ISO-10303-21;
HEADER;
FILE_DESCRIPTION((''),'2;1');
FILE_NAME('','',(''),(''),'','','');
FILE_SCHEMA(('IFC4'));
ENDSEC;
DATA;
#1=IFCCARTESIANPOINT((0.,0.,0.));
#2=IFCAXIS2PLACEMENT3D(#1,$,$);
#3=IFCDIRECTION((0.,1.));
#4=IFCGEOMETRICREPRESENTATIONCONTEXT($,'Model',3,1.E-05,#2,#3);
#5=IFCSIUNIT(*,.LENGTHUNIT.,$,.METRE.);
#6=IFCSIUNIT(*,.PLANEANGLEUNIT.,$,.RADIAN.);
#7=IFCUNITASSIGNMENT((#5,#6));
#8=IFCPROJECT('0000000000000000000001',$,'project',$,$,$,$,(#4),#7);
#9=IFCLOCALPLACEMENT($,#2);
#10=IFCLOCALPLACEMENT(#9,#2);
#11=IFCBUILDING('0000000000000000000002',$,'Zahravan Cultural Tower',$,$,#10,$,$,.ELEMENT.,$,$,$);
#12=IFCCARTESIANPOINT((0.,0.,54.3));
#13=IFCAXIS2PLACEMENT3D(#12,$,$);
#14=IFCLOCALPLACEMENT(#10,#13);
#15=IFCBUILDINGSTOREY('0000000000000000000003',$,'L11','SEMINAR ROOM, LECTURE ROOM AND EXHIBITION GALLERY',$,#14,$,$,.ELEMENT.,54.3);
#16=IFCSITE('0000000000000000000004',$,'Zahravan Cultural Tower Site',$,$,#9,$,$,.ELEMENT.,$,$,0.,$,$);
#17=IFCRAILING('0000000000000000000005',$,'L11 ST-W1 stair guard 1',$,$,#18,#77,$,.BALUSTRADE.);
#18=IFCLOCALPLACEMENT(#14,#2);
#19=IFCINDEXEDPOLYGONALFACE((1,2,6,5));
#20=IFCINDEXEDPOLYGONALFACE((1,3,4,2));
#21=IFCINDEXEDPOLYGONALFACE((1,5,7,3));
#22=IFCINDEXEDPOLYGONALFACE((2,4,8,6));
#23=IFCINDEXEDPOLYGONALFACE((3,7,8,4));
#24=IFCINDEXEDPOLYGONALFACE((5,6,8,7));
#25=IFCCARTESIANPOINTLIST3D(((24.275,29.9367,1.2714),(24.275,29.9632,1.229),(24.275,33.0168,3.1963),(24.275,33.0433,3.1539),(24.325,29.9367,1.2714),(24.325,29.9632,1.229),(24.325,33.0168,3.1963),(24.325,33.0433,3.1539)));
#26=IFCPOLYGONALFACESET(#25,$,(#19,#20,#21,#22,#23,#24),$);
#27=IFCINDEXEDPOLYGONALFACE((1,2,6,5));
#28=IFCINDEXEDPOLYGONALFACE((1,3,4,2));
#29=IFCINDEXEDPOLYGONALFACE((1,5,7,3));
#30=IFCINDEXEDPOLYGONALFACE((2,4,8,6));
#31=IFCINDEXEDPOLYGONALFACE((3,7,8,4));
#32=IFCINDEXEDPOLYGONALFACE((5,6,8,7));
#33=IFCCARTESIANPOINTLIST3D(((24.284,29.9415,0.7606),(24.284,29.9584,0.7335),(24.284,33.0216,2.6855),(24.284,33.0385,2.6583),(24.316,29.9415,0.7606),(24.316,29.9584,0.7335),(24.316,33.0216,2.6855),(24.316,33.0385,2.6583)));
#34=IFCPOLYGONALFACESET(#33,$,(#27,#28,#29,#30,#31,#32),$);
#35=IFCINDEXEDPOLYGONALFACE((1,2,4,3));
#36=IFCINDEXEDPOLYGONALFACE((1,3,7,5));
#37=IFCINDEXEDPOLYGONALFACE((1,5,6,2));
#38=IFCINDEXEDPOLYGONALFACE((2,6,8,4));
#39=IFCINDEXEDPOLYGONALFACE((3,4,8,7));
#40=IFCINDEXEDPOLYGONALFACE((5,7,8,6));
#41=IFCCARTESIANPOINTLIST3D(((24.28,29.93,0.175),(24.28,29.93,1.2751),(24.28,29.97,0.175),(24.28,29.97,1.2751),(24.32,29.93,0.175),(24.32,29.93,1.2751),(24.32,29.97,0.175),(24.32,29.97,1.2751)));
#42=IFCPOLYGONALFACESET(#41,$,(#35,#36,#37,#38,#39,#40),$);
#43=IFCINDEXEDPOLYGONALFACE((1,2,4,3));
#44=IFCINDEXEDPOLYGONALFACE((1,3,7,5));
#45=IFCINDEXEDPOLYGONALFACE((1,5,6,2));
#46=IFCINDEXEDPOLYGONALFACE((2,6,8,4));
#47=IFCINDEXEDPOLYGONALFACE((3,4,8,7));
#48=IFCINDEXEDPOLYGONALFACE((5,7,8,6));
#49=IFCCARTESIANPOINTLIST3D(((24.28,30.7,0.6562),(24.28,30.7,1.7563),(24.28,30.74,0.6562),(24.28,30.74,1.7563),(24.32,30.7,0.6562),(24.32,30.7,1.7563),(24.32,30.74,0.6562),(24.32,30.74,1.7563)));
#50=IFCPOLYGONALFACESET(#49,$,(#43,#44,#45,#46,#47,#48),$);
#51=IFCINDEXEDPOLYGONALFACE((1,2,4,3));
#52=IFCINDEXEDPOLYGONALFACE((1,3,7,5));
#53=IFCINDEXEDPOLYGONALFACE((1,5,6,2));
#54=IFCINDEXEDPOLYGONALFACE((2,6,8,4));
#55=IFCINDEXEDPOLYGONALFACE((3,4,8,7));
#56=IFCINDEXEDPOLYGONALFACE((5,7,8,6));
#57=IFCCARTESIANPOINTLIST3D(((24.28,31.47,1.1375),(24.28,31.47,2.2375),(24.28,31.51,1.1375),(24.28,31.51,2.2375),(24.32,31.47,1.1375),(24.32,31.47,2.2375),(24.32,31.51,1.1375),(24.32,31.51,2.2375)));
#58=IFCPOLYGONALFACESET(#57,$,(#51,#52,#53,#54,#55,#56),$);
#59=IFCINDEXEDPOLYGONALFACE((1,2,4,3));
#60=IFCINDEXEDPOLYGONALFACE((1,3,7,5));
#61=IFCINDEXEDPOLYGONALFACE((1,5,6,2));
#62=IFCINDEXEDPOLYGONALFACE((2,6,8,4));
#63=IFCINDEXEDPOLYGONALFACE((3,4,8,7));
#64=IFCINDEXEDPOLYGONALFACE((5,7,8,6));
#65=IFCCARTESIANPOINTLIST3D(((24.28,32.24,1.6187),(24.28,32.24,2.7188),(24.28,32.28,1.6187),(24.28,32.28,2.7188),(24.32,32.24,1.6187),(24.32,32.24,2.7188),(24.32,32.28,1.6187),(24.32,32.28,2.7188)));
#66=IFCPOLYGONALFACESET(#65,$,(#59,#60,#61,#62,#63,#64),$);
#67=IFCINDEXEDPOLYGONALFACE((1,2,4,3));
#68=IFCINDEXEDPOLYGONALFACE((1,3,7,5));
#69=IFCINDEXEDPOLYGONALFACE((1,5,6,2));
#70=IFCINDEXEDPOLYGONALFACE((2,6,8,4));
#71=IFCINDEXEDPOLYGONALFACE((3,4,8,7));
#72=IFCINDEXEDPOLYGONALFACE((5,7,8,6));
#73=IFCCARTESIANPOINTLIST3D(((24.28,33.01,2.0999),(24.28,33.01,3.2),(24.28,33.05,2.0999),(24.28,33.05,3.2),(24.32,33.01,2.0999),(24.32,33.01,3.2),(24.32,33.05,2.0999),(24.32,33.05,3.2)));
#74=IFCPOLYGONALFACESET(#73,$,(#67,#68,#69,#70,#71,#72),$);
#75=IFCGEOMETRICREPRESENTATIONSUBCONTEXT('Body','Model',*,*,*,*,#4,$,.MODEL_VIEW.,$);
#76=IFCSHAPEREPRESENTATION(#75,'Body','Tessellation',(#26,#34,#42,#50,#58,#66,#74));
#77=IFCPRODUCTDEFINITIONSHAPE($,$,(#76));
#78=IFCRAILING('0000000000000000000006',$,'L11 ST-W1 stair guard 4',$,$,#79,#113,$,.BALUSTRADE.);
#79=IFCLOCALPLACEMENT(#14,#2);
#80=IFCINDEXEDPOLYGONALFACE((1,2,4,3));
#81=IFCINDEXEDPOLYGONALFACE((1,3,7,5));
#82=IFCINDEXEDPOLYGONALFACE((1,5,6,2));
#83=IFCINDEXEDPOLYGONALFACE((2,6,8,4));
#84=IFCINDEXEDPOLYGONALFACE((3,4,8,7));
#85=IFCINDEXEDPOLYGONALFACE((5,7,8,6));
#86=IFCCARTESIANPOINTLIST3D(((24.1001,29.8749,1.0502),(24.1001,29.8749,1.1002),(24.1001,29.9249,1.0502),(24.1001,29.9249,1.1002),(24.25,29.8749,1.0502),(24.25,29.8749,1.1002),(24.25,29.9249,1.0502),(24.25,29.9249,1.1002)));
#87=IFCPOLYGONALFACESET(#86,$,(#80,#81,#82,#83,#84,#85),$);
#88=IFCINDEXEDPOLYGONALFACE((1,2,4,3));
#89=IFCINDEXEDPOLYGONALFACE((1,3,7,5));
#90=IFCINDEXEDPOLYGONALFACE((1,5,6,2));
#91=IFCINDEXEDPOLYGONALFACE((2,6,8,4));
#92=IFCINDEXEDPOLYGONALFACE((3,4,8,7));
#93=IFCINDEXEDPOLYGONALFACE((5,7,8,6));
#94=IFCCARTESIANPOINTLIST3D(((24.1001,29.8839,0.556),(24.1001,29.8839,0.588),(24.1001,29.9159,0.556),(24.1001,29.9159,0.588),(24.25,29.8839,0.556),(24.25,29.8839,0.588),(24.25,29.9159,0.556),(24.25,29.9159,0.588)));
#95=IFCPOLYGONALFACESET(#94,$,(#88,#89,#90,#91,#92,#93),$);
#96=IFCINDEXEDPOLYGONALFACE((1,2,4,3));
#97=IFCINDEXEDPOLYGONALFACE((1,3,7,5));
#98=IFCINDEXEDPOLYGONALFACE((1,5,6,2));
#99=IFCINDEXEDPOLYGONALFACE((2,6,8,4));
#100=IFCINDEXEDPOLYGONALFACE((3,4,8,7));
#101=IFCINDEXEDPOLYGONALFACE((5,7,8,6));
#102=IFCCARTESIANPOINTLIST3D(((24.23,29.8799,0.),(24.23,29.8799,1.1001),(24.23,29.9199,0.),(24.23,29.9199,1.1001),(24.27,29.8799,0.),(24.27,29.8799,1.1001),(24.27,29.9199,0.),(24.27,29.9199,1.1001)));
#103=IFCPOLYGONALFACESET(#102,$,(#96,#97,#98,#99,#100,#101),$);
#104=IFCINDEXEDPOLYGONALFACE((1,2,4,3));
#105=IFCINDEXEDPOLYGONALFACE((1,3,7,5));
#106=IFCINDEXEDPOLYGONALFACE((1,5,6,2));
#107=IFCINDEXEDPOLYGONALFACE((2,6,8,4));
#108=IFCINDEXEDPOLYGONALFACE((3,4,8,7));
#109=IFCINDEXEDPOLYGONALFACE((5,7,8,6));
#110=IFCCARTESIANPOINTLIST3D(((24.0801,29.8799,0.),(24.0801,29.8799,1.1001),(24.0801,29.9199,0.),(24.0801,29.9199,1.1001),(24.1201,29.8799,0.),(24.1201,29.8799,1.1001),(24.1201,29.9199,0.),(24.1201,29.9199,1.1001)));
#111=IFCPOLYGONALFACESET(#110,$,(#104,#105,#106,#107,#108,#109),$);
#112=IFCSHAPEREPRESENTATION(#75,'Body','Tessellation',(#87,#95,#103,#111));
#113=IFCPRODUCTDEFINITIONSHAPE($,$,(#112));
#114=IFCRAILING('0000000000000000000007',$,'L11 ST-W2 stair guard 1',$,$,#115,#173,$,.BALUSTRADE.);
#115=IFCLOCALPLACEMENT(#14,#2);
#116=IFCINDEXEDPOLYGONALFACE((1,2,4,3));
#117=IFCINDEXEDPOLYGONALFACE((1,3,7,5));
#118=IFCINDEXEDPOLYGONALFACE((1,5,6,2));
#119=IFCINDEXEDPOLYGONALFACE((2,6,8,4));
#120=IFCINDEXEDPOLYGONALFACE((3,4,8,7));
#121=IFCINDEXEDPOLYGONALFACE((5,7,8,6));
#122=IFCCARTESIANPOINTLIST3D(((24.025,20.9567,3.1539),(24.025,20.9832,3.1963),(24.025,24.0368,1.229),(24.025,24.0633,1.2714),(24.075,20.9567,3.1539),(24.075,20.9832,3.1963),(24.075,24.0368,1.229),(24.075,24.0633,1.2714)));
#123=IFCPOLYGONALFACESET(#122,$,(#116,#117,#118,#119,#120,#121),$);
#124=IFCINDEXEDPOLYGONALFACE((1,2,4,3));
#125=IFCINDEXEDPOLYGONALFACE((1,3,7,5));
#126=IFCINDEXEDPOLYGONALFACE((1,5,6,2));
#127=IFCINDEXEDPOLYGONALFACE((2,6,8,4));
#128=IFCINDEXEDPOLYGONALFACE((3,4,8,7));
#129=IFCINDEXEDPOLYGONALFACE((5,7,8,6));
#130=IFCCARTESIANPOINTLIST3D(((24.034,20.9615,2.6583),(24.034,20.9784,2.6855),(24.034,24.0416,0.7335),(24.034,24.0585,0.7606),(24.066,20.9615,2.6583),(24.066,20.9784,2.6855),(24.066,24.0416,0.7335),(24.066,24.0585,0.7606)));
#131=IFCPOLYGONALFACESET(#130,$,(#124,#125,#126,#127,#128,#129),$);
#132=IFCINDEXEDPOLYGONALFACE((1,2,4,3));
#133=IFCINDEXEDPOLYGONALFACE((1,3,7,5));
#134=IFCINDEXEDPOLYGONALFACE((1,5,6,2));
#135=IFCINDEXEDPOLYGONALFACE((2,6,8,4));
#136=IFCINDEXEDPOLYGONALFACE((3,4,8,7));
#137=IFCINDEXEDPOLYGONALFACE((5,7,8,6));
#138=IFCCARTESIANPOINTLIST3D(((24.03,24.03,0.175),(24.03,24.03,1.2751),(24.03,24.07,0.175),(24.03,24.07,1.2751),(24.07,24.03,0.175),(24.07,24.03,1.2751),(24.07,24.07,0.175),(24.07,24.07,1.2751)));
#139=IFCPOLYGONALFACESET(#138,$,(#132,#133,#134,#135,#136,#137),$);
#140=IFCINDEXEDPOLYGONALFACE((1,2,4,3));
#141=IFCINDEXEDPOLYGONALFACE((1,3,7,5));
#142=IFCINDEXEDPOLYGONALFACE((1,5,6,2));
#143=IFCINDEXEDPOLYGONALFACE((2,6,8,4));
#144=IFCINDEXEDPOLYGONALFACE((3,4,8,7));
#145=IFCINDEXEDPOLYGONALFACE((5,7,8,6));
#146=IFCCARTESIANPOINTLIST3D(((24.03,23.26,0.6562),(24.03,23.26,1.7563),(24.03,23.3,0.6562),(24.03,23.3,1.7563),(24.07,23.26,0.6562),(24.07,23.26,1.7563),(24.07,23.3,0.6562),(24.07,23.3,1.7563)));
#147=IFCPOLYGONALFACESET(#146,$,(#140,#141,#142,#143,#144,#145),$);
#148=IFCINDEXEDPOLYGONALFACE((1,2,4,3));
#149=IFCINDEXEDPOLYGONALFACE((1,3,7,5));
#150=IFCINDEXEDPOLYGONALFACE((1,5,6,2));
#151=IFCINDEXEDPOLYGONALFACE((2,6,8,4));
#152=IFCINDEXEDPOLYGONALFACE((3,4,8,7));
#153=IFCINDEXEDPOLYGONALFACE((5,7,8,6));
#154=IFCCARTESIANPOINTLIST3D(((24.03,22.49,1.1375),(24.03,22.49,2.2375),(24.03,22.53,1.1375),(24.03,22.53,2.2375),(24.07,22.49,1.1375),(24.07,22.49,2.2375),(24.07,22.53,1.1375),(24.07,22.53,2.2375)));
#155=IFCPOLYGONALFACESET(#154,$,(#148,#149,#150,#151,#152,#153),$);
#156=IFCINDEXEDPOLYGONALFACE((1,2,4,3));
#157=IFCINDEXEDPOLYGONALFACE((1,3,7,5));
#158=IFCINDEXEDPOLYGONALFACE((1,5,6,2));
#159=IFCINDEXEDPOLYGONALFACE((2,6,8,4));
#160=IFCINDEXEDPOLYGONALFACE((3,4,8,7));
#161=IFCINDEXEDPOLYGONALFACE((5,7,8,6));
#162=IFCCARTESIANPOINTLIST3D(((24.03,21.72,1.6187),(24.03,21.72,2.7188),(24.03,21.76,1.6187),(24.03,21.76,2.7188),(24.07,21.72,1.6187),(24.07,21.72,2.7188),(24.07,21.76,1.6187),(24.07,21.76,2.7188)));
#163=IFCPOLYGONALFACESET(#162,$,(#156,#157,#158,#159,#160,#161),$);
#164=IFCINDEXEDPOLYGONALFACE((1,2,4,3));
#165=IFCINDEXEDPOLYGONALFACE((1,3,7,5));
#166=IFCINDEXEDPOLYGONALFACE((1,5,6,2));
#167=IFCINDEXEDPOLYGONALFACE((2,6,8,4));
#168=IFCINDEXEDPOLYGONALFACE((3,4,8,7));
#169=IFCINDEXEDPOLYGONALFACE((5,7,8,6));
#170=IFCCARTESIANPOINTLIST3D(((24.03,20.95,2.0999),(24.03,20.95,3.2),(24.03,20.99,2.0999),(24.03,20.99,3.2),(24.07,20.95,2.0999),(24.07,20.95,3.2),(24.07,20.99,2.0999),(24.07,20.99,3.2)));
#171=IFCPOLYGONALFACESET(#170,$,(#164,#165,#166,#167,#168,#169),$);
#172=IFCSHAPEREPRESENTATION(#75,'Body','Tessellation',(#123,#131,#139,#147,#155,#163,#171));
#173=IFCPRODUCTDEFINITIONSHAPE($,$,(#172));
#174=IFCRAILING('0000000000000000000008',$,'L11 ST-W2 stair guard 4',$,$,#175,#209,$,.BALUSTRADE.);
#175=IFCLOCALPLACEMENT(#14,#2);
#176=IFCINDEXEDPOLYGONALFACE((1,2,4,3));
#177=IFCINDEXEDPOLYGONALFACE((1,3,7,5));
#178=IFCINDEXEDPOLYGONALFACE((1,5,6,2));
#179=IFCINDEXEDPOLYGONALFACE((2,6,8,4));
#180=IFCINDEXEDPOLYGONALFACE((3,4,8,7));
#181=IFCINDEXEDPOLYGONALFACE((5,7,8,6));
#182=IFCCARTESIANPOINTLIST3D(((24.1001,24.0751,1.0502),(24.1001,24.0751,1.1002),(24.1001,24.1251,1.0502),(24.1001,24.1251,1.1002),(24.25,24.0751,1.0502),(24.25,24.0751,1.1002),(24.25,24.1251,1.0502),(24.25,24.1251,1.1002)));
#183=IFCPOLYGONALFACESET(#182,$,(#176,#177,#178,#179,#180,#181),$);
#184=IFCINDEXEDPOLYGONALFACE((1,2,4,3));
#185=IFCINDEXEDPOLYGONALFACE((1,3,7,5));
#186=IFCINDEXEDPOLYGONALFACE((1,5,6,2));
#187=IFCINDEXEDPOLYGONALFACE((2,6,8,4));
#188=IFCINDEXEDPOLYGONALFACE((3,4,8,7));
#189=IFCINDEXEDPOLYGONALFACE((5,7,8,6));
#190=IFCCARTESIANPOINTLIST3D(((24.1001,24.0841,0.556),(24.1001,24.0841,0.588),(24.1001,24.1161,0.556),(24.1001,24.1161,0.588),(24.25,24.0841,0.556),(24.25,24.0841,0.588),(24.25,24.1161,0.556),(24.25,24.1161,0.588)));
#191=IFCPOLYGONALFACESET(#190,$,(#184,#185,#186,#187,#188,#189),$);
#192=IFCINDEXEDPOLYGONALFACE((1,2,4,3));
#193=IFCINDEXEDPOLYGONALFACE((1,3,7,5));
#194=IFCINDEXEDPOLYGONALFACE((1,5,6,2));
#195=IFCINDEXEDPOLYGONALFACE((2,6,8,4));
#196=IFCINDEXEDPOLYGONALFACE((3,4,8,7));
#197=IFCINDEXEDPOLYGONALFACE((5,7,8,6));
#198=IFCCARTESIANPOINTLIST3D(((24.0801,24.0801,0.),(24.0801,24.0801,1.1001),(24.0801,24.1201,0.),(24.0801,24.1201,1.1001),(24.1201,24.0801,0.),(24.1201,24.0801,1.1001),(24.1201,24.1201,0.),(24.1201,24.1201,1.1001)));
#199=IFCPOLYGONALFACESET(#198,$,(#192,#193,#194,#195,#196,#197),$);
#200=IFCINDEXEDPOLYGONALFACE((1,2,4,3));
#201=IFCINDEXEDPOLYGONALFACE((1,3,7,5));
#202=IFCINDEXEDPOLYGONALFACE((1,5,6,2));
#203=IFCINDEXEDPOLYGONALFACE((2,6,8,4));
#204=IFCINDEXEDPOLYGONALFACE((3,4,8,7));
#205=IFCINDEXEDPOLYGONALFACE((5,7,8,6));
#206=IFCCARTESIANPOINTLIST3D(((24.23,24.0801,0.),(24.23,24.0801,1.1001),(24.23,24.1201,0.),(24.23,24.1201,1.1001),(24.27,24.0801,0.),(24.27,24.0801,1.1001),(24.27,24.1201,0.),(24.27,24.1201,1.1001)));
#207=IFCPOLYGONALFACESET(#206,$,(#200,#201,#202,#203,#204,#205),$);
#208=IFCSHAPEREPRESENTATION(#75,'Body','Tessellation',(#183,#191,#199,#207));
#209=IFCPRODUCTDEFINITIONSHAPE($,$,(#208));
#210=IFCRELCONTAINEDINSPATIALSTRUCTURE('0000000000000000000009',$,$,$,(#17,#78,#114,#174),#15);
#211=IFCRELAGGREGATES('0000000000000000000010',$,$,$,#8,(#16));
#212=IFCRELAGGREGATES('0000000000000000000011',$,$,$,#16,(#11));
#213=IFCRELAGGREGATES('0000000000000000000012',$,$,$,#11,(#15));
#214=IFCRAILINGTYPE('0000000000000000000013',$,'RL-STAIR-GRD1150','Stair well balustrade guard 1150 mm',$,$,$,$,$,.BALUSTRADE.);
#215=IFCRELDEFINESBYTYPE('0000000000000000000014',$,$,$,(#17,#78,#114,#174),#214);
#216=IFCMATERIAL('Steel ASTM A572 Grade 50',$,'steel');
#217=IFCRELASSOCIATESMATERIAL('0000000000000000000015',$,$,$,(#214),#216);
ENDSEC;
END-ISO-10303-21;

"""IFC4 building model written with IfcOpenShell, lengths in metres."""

from ifc_helpers import new_model, si_unit, direction, frame, origin, origin_2d, place, context, subcontext, project, spatial, rectangle, extrude, material, type_object, element, save


model = new_model("IFC4")

# Units and contexts
model_context = context("Model", 3, precision=1e-05, world=origin(), true_north=direction((0.0, 1.0)))
body_context = subcontext(model_context, "Body", "Model", "MODEL_VIEW")
ifc_project = project(units=[si_unit("LENGTHUNIT", "METRE"), si_unit("PLANEANGLEUNIT", "RADIAN")], contexts=[model_context])

# Site, building, storey
site_placement = place(None, origin())
site = spatial("IfcSite", under=ifc_project, at=site_placement, Name="Zahravan Cultural Tower Site", CompositionType="ELEMENT", RefElevation=0.0)
building_placement = place(site_placement, origin())
building = spatial("IfcBuilding", under=site, at=building_placement, Name="Zahravan Cultural Tower", CompositionType="ELEMENT")
storey_placement = place(building_placement, frame((0.0, 0.0, 54.3)))
storey = spatial("IfcBuildingStorey", under=building, at=storey_placement, Name="L11", Description="SEMINAR ROOM, LECTURE ROOM AND EXHIBITION GALLERY", CompositionType="ELEMENT", Elevation=54.3)

# Shared definitions
ifc_material_1 = material(Name="Steel ASTM A572 Grade 50", Category="steel")

# Railings
railing_type_1 = type_object("IfcRailingType", Name="RL-STAIR-GRD1150", Description="Stair well balustrade guard 1150 mm", PredefinedType="BALUSTRADE", material=ifc_material_1)
railing_1_placement = place(storey_placement, frame((24.3, 29.95, 0.175)))
element("IfcRailing", 1, at=railing_1_placement, inside=storey, type_object=railing_type_1, Name="L11 ST-W1 stair guard 1", PredefinedType="BALUSTRADE", context=body_context, shape_type="SweptSolid", body=[
    extrude(rectangle(XDim=0.05, YDim=0.05, at=origin_2d()), frame((0.0, 0.0, 1.0752), z_axis=(0.0, 0.848029, 0.529951), x_axis=(-1.0, 0.0, 0.0)), (0.0, 0.0, 1.0), 3.6321),
    extrude(rectangle(XDim=0.032, YDim=0.032, at=origin_2d()), frame((0.0, 0.0, 0.572), z_axis=(0.0, 0.848029, 0.529951), x_axis=(-1.0, 0.0, 0.0)), (0.0, 0.0, 1.0), 3.6321),
    extrude(rectangle(XDim=0.04, YDim=0.04, at=origin_2d()), origin(), (0.0, 0.0, 1.0), 1.1001),
    extrude(rectangle(XDim=0.04, YDim=0.04, at=origin_2d()), frame((0.0, 0.77, 0.4812)), (0.0, 0.0, 1.0), 1.1001),
    extrude(rectangle(XDim=0.04, YDim=0.04, at=origin_2d()), frame((0.0, 1.54, 0.9624)), (0.0, 0.0, 1.0), 1.1001),
    extrude(rectangle(XDim=0.04, YDim=0.04, at=origin_2d()), frame((0.0, 2.3101, 1.4436)), (0.0, 0.0, 1.0), 1.1001),
    extrude(rectangle(XDim=0.04, YDim=0.04, at=origin_2d()), frame((0.0, 3.0801, 1.9248)), (0.0, 0.0, 1.0), 1.1001),
])
railing_2_placement = place(storey_placement, frame((24.25, 29.8999, 0.0)))
element("IfcRailing", 2, at=railing_2_placement, inside=storey, type_object=railing_type_1, Name="L11 ST-W1 stair guard 4", PredefinedType="BALUSTRADE", context=body_context, shape_type="SweptSolid", body=[
    extrude(rectangle(XDim=0.05, YDim=0.05, at=origin_2d()), frame((0.0, 0.0, 1.0752), z_axis=(-1.0, 0.0, 0.0), x_axis=(0.0, -1.0, 0.0)), (0.0, 0.0, 1.0), 0.1499),
    extrude(rectangle(XDim=0.032, YDim=0.032, at=origin_2d()), frame((0.0, 0.0, 0.572), z_axis=(-1.0, 0.0, 0.0), x_axis=(0.0, -1.0, 0.0)), (0.0, 0.0, 1.0), 0.1499),
    extrude(rectangle(XDim=0.04, YDim=0.04, at=origin_2d()), origin(), (0.0, 0.0, 1.0), 1.1001),
    extrude(rectangle(XDim=0.04, YDim=0.04, at=origin_2d()), frame((-0.1499, 0.0, 0.0)), (0.0, 0.0, 1.0), 1.1001),
])
railing_3_placement = place(storey_placement, frame((24.05, 24.05, 0.175)))
element("IfcRailing", 3, at=railing_3_placement, inside=storey, type_object=railing_type_1, Name="L11 ST-W2 stair guard 1", PredefinedType="BALUSTRADE", context=body_context, shape_type="SweptSolid", body=[
    extrude(rectangle(XDim=0.05, YDim=0.05, at=origin_2d()), frame((0.0, 0.0, 1.0752), z_axis=(0.0, -0.848029, 0.529951), x_axis=(1.0, 0.0, 0.0)), (0.0, 0.0, 1.0), 3.6321),
    extrude(rectangle(XDim=0.032, YDim=0.032, at=origin_2d()), frame((0.0, 0.0, 0.572), z_axis=(0.0, -0.848029, 0.529951), x_axis=(1.0, 0.0, 0.0)), (0.0, 0.0, 1.0), 3.6321),
    extrude(rectangle(XDim=0.04, YDim=0.04, at=origin_2d()), origin(), (0.0, 0.0, 1.0), 1.1001),
    extrude(rectangle(XDim=0.04, YDim=0.04, at=origin_2d()), frame((0.0, -0.77, 0.4812)), (0.0, 0.0, 1.0), 1.1001),
    extrude(rectangle(XDim=0.04, YDim=0.04, at=origin_2d()), frame((0.0, -1.54, 0.9624)), (0.0, 0.0, 1.0), 1.1001),
    extrude(rectangle(XDim=0.04, YDim=0.04, at=origin_2d()), frame((0.0, -2.3101, 1.4436)), (0.0, 0.0, 1.0), 1.1001),
    extrude(rectangle(XDim=0.04, YDim=0.04, at=origin_2d()), frame((0.0, -3.0801, 1.9248)), (0.0, 0.0, 1.0), 1.1001),
])
railing_4_placement = place(storey_placement, frame((24.1001, 24.1001, 0.0)))
element("IfcRailing", 4, at=railing_4_placement, inside=storey, type_object=railing_type_1, Name="L11 ST-W2 stair guard 4", PredefinedType="BALUSTRADE", context=body_context, shape_type="SweptSolid", body=[
    extrude(rectangle(XDim=0.05, YDim=0.05, at=origin_2d()), frame((0.0, 0.0, 1.0752), z_axis=(1.0, 0.0, 0.0), x_axis=(0.0, 1.0, 0.0)), (0.0, 0.0, 1.0), 0.1499),
    extrude(rectangle(XDim=0.032, YDim=0.032, at=origin_2d()), frame((0.0, 0.0, 0.572), z_axis=(1.0, 0.0, 0.0), x_axis=(0.0, 1.0, 0.0)), (0.0, 0.0, 1.0), 0.1499),
    extrude(rectangle(XDim=0.04, YDim=0.04, at=origin_2d()), origin(), (0.0, 0.0, 1.0), 1.1001),
    extrude(rectangle(XDim=0.04, YDim=0.04, at=origin_2d()), frame((0.1499, 0.0, 0.0)), (0.0, 0.0, 1.0), 1.1001),
])

save(model, "model.ifc")
